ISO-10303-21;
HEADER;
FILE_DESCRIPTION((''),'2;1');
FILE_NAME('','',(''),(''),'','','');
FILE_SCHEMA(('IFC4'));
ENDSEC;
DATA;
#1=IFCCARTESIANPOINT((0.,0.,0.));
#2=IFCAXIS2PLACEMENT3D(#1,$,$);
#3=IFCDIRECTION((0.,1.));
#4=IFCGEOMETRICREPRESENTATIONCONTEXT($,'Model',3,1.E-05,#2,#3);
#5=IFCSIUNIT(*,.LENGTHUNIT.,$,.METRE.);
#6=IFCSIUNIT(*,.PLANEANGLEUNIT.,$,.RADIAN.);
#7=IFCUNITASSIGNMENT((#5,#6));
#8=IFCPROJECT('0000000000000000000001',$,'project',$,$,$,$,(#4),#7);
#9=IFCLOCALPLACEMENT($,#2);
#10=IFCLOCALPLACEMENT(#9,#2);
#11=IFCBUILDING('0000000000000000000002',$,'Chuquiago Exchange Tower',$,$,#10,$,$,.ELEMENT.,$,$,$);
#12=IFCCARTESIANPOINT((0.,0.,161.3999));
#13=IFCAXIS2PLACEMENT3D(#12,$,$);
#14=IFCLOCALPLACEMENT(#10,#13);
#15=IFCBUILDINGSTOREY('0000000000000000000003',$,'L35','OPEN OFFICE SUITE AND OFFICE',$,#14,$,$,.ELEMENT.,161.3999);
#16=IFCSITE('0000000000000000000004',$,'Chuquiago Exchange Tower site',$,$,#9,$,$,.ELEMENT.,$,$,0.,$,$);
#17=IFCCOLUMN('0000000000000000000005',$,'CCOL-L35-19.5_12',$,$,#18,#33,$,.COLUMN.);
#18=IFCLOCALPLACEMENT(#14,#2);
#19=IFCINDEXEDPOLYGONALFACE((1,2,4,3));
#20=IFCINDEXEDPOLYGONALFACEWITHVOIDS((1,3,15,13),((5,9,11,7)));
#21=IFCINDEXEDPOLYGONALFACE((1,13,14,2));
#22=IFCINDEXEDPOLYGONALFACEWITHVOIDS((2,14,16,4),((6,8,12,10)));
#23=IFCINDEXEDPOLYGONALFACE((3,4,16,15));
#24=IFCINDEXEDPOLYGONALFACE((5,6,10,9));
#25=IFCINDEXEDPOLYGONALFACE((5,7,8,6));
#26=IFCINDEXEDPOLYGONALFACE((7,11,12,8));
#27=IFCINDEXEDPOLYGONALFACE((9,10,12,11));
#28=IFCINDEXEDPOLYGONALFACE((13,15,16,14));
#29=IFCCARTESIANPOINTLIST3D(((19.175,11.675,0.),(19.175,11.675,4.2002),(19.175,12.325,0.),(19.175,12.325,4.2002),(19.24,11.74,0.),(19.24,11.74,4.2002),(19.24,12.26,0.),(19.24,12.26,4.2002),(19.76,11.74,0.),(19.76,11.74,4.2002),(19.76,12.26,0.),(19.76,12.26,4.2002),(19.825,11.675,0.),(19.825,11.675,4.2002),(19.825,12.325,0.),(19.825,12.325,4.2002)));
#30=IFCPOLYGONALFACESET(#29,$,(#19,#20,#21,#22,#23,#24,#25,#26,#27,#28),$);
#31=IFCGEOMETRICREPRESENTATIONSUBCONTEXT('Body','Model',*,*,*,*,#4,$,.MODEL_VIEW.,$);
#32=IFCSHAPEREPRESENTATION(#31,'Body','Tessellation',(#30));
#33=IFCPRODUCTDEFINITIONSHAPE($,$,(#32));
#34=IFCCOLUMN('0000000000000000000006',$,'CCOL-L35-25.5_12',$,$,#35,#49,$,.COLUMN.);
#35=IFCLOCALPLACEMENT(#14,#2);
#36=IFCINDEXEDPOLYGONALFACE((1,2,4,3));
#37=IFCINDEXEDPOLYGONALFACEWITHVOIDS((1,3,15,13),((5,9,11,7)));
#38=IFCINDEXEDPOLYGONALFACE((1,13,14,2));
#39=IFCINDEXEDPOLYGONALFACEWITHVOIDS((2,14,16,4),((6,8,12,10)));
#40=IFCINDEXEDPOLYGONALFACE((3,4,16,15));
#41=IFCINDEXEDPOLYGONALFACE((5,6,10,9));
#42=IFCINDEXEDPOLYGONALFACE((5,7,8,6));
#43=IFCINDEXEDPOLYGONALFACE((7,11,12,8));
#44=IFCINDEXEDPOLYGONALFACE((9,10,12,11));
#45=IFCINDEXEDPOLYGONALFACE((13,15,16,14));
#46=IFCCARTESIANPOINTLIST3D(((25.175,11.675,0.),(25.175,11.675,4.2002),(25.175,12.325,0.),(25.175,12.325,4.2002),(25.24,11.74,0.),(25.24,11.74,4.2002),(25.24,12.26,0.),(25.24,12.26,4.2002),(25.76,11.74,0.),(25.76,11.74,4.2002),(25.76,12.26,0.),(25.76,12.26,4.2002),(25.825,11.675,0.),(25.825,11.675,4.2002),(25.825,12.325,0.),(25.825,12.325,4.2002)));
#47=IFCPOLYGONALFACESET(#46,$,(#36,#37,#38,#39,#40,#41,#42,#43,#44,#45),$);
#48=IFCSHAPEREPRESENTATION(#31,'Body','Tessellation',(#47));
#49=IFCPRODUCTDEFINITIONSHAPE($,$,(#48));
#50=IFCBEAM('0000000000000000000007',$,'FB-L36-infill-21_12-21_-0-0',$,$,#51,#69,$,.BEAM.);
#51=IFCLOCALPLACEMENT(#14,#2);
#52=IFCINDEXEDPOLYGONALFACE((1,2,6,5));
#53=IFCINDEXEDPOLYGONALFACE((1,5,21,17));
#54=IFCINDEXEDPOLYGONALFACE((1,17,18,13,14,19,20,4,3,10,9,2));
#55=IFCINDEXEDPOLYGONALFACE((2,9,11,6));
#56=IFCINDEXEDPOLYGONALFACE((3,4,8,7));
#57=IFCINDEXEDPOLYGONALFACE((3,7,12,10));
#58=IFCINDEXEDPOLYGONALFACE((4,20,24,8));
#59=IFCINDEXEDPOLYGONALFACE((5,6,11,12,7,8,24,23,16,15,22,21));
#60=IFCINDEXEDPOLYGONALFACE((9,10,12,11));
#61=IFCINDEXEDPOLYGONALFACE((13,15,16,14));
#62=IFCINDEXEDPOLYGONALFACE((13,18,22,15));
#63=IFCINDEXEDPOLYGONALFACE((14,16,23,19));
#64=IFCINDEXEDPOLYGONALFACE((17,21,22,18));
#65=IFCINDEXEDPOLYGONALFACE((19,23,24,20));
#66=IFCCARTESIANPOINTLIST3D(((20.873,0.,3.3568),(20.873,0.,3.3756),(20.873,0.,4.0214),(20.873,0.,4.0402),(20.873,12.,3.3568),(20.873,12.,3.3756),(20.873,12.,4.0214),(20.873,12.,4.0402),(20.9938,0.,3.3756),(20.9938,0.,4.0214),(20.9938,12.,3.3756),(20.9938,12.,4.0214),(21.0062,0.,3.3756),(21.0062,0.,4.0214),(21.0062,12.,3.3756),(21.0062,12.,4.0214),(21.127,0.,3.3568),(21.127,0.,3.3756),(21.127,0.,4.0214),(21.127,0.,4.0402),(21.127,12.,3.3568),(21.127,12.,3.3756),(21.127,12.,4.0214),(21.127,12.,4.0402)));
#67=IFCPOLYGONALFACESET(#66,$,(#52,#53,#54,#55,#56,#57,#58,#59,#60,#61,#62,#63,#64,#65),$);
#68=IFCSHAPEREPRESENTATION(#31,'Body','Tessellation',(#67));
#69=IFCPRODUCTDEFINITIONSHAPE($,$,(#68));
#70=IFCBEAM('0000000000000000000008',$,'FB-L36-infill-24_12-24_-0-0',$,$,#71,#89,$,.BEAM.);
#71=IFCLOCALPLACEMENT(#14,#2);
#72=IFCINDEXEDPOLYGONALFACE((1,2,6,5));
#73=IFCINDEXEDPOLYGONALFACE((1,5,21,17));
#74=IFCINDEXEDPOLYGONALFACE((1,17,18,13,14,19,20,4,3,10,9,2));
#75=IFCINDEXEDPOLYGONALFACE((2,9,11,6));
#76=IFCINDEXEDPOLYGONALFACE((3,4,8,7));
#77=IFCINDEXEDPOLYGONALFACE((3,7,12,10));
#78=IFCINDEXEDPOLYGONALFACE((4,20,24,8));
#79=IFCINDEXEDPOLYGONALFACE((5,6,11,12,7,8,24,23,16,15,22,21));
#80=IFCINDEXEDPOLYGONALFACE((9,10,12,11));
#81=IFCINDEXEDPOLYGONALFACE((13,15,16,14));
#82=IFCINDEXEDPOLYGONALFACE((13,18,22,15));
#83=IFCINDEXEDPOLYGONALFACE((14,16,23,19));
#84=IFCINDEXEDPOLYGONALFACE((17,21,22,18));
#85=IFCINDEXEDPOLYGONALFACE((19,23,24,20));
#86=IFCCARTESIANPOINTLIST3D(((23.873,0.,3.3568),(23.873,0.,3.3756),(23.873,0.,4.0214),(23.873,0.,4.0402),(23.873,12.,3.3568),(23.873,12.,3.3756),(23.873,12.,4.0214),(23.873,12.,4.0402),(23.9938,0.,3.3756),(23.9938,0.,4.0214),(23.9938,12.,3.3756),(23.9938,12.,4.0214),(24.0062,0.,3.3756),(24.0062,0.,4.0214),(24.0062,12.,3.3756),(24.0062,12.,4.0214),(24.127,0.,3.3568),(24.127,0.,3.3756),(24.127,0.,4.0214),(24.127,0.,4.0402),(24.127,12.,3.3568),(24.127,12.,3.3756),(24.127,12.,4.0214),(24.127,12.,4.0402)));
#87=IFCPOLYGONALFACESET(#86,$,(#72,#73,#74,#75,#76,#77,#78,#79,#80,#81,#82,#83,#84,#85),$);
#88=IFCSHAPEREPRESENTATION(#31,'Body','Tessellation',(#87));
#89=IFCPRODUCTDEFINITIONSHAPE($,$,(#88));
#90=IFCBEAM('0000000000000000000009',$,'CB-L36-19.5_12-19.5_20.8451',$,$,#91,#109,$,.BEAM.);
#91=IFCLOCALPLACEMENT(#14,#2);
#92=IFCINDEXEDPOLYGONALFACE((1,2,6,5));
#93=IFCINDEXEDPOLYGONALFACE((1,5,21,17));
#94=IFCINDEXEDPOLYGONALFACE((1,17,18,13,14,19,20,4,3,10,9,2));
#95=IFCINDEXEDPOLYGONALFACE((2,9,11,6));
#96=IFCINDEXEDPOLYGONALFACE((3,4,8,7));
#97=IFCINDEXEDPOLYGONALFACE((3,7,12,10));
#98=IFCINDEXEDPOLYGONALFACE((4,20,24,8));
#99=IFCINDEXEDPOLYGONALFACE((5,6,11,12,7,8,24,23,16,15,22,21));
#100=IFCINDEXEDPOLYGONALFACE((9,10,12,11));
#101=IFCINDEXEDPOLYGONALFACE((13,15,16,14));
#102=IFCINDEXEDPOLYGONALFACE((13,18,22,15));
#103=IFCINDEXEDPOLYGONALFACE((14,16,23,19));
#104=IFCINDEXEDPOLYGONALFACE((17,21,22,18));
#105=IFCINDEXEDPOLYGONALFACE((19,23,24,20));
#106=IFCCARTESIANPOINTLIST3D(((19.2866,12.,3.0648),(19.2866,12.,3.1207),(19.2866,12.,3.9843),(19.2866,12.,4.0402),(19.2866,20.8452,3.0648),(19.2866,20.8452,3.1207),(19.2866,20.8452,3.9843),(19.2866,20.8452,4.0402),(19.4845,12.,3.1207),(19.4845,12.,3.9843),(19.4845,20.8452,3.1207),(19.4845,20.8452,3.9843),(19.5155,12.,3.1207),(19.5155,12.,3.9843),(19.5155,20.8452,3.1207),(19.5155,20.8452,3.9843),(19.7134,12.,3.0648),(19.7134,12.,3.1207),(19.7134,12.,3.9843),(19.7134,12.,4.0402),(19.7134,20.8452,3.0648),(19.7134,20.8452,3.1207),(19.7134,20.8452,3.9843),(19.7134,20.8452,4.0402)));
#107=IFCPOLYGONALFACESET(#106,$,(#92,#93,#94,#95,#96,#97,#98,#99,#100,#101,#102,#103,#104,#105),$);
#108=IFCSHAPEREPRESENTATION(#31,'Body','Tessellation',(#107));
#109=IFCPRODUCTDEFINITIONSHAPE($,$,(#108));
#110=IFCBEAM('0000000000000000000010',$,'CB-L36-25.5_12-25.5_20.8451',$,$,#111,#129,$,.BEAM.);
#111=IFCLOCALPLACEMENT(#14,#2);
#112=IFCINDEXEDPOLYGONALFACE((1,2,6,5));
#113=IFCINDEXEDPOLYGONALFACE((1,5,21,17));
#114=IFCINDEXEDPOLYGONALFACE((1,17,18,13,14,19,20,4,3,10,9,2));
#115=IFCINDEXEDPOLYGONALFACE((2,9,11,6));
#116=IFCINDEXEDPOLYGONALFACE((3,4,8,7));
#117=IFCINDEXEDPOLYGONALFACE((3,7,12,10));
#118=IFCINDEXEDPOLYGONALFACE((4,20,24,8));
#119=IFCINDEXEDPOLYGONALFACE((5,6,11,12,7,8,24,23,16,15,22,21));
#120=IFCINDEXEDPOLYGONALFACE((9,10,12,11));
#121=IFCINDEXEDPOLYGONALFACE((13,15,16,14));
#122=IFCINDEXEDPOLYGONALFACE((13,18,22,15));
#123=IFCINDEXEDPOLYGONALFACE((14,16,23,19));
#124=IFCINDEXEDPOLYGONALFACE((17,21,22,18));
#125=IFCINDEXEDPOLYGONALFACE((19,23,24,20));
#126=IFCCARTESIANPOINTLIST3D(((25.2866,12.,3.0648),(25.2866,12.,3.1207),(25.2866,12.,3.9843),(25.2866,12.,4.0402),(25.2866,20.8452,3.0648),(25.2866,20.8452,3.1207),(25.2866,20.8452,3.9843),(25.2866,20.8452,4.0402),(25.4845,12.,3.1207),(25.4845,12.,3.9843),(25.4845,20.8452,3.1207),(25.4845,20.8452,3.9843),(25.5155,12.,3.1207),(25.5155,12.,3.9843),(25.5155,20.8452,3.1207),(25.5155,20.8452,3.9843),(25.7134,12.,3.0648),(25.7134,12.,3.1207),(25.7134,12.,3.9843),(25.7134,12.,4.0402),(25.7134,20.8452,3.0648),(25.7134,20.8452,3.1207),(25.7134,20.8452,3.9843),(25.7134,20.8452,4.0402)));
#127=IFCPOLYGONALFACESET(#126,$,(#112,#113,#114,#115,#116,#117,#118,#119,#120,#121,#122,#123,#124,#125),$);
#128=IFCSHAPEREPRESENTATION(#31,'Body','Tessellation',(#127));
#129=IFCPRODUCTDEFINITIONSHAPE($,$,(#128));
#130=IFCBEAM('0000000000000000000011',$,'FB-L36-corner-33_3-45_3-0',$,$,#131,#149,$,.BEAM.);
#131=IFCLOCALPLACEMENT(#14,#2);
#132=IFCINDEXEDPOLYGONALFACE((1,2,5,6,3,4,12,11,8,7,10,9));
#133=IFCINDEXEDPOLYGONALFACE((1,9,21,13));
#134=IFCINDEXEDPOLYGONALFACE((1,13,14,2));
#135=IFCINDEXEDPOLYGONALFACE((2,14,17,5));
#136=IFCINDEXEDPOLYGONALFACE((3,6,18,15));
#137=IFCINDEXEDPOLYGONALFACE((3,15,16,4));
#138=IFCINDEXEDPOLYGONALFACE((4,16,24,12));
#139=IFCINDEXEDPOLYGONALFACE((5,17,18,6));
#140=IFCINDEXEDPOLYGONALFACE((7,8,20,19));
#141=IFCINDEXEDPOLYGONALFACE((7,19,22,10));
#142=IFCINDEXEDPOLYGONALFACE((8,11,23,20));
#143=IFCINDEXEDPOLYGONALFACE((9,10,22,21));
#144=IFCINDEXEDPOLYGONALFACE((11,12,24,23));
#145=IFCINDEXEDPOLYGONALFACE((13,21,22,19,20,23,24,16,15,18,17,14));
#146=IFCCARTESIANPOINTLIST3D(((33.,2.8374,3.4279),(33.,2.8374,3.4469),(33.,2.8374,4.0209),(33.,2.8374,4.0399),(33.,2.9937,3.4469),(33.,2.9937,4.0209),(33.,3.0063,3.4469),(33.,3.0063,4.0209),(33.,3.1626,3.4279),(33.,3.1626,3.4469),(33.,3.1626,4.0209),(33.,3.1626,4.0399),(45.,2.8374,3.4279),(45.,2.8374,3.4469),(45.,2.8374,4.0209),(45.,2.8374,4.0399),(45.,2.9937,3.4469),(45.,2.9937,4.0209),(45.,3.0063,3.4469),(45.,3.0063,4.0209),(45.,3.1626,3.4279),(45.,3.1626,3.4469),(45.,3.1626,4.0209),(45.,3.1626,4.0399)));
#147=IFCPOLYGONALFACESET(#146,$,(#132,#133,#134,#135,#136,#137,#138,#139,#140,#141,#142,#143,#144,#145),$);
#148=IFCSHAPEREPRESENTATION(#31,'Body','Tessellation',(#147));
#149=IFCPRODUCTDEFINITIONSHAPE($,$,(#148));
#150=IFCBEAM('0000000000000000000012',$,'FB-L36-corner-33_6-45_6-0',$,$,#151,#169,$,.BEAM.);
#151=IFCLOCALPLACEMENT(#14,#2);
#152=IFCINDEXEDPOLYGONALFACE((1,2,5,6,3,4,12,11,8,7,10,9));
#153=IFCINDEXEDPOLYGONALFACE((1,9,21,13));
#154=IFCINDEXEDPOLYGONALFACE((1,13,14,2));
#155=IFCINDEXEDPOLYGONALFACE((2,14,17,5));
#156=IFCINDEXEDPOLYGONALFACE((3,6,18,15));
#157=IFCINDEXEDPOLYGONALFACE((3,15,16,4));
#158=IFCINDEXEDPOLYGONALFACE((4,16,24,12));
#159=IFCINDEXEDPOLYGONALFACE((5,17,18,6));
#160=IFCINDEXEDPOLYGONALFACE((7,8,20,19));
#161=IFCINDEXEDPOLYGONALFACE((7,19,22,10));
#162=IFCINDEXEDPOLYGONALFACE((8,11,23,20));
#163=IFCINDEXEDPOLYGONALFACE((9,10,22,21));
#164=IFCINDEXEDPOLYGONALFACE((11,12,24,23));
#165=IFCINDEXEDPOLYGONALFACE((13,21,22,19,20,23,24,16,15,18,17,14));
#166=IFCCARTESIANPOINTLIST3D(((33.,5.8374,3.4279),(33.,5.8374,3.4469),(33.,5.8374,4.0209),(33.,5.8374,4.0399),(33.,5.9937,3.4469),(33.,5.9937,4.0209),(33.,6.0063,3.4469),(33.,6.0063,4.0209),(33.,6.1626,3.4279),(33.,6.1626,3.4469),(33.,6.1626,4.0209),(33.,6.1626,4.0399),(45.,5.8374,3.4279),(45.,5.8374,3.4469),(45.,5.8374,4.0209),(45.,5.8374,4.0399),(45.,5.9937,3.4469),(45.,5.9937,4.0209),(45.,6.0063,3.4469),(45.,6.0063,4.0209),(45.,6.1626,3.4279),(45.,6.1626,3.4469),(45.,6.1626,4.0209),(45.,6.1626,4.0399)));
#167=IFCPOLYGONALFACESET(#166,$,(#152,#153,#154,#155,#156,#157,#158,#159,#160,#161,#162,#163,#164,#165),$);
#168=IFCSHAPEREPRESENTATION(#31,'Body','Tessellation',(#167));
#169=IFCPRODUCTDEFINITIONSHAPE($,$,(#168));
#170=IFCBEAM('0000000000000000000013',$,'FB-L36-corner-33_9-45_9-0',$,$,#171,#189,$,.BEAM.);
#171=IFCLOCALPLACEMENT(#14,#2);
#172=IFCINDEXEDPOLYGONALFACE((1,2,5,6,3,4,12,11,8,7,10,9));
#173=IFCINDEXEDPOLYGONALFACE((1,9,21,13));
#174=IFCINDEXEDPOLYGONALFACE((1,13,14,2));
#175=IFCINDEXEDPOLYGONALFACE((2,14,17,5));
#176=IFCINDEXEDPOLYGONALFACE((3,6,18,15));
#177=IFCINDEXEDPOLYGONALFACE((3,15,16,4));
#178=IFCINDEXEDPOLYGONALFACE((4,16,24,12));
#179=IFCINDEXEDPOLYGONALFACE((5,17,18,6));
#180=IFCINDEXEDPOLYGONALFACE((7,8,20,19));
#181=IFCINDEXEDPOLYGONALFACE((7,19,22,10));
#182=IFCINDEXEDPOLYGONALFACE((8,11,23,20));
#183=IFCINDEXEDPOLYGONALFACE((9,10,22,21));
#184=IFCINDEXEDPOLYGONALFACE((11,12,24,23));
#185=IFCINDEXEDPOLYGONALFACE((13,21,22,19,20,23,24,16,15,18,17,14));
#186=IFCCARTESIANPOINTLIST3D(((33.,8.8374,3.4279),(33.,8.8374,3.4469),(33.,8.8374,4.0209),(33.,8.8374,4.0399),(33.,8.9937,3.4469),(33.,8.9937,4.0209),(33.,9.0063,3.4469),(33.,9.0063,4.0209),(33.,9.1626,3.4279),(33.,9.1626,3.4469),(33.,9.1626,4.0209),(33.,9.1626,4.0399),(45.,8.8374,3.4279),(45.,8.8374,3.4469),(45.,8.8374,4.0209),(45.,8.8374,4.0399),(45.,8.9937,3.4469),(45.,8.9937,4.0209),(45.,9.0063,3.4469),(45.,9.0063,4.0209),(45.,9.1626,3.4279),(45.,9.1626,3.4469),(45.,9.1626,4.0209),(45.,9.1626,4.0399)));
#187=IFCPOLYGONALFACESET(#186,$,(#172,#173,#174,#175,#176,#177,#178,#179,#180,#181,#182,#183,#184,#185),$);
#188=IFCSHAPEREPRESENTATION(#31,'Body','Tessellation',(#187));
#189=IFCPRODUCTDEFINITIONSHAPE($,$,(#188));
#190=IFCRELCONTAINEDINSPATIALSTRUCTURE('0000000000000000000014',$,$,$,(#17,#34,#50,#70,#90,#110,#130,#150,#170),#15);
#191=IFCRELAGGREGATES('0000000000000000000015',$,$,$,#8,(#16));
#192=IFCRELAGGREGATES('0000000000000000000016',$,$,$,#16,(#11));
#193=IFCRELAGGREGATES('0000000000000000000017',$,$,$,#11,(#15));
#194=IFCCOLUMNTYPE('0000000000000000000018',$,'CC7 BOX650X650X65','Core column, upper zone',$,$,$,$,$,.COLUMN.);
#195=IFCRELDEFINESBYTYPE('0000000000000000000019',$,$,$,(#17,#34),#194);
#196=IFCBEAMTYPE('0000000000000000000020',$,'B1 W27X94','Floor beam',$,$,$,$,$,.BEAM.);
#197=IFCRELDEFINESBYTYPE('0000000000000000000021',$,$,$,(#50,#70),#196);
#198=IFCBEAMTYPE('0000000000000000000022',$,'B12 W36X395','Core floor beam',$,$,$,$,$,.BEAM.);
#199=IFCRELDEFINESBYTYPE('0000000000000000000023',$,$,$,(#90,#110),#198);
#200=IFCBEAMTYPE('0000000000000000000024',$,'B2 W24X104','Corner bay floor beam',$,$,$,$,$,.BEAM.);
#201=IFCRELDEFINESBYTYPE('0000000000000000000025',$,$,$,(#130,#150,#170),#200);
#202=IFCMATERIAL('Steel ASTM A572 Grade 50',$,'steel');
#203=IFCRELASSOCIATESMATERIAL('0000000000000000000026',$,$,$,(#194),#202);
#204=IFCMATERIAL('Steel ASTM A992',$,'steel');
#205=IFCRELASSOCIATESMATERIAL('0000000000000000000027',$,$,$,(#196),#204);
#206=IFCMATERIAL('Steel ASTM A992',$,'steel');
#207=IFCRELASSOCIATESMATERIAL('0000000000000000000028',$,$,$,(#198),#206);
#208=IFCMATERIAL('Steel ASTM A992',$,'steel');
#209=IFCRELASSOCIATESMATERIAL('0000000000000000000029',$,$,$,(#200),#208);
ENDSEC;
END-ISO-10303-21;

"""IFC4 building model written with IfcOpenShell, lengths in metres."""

from ifc_helpers import new_model, si_unit, direction, frame, origin, origin_2d, place, context, subcontext, project, spatial, hollow_rectangle, i_section, extrude, material, material_profile, profile_set, type_object, element, save


model = new_model("IFC4")

# Units and contexts
model_context = context("Model", 3, precision=1e-05, world=origin(), true_north=direction((0.0, 1.0)))
body_context = subcontext(model_context, "Body", "Model", "MODEL_VIEW")
ifc_project = project(units=[si_unit("LENGTHUNIT", "METRE"), si_unit("PLANEANGLEUNIT", "RADIAN")], contexts=[model_context])

# Site, building, storey
site_placement = place(None, origin())
site = spatial("IfcSite", under=ifc_project, at=site_placement, Name="Chuquiago Exchange Tower site", CompositionType="ELEMENT", RefElevation=0.0)
building_placement = place(site_placement, origin())
building = spatial("IfcBuilding", under=site, at=building_placement, Name="Chuquiago Exchange Tower", CompositionType="ELEMENT")
storey_placement = place(building_placement, frame((0.0, 0.0, 161.3999)))
storey = spatial("IfcBuildingStorey", under=building, at=storey_placement, Name="L35", Description="OPEN OFFICE SUITE AND OFFICE", CompositionType="ELEMENT", Elevation=161.3999)

# Columns
ifc_material_1 = material(Name="Steel ASTM A572 Grade 50", Category="steel")
ifc_material_profile_1 = material_profile(ifc_material_1, hollow_rectangle(XDim=0.6499, YDim=0.6499, WallThickness=0.0649, at=origin_2d()), Name="BOX650X650X65")
ifc_profile_set_1 = profile_set([ifc_material_profile_1], Name="Steel ASTM A572 Grade 50")
column_type = type_object("IfcColumnType", Name="CC7 BOX650X650X65", Description="Core column, upper zone", PredefinedType="COLUMN", material=ifc_profile_set_1)
for number, where, z_axis, x_axis, name in (
    (1, (19.5, 12.0, 0.0), (0.0, 0.0, 1.0), (1.0, 0.0, 0.0), "CCOL-L35-19.5_12"),
    (2, (25.5, 12.0, 0.0), (0.0, 0.0, 1.0), (1.0, 0.0, 0.0), "CCOL-L35-25.5_12"),
):
    element("IfcColumn", number, at=place(storey_placement, frame(where, z_axis=z_axis, x_axis=x_axis)), inside=storey, type_object=column_type, Name=name, PredefinedType="COLUMN", context=body_context, shape_type="SweptSolid", body=[
        extrude(hollow_rectangle(XDim=0.6499, YDim=0.6499, WallThickness=0.0649, at=origin_2d()), origin(), (0.0, 0.0, 1.0), 4.2002),
    ])

# Beams
ifc_material_2 = material(Name="Steel ASTM A992", Category="steel")
ifc_material_profile_2 = material_profile(ifc_material_2, i_section(OverallWidth=0.2539, OverallDepth=0.6833, WebThickness=0.0125, FlangeThickness=0.0188, at=origin_2d()), Name="W27X94")
ifc_profile_set_2 = profile_set([ifc_material_profile_2], Name="Steel ASTM A992")
beam_type_1 = type_object("IfcBeamType", Name="B1 W27X94", Description="Floor beam", PredefinedType="BEAM", material=ifc_profile_set_2)
for number, where, z_axis, x_axis, name in (
    (3, (21.0, 12.0, 3.6985), (0.0, -1.0, 0.0), (1.0, 0.0, 0.0), "FB-L36-infill-21_12-21_-0-0"),
    (4, (24.0, 12.0, 3.6985), (0.0, -1.0, 0.0), (1.0, 0.0, 0.0), "FB-L36-infill-24_12-24_-0-0"),
):
    element("IfcBeam", number, at=place(storey_placement, frame(where, z_axis=z_axis, x_axis=x_axis)), inside=storey, type_object=beam_type_1, Name=name, PredefinedType="BEAM", context=body_context, shape_type="SweptSolid", body=[
        extrude(i_section(OverallWidth=0.2539, OverallDepth=0.6833, WebThickness=0.0125, FlangeThickness=0.0188, at=origin_2d()), origin(), (0.0, 0.0, 1.0), 12.0),
    ])
ifc_material_3 = material(Name="Steel ASTM A992", Category="steel")
ifc_material_profile_3 = material_profile(ifc_material_3, i_section(OverallWidth=0.4268, OverallDepth=0.9753, WebThickness=0.031, FlangeThickness=0.0559, at=origin_2d()), Name="W36X395")
ifc_profile_set_3 = profile_set([ifc_material_profile_3], Name="Steel ASTM A992")
beam_type_2 = type_object("IfcBeamType", Name="B12 W36X395", Description="Core floor beam", PredefinedType="BEAM", material=ifc_profile_set_3)
for number, where, z_axis, x_axis, name in (
    (5, (19.5, 12.0, 3.5525), (0.0, 1.0, 0.0), (-1.0, 0.0, 0.0), "CB-L36-19.5_12-19.5_20.8451"),
    (6, (25.5, 12.0, 3.5525), (0.0, 1.0, 0.0), (-1.0, 0.0, 0.0), "CB-L36-25.5_12-25.5_20.8451"),
):
    element("IfcBeam", number, at=place(storey_placement, frame(where, z_axis=z_axis, x_axis=x_axis)), inside=storey, type_object=beam_type_2, Name=name, PredefinedType="BEAM", context=body_context, shape_type="SweptSolid", body=[
        extrude(i_section(OverallWidth=0.4268, OverallDepth=0.9753, WebThickness=0.031, FlangeThickness=0.0559, at=origin_2d()), origin(), (0.0, 0.0, 1.0), 8.8452),
    ])
ifc_material_4 = material(Name="Steel ASTM A992", Category="steel")
ifc_material_profile_4 = material_profile(ifc_material_4, i_section(OverallWidth=0.3252, OverallDepth=0.6121, WebThickness=0.0127, FlangeThickness=0.019, at=origin_2d()), Name="W24X104")
ifc_profile_set_4 = profile_set([ifc_material_profile_4], Name="Steel ASTM A992")
beam_type_3 = type_object("IfcBeamType", Name="B2 W24X104", Description="Corner bay floor beam", PredefinedType="BEAM", material=ifc_profile_set_4)
for number, where, z_axis, x_axis, name in (
    (7, (33.0, 3.0, 3.7339), (1.0, 0.0, 0.0), (0.0, 1.0, 0.0), "FB-L36-corner-33_3-45_3-0"),
    (8, (33.0, 6.0, 3.7339), (1.0, 0.0, 0.0), (0.0, 1.0, 0.0), "FB-L36-corner-33_6-45_6-0"),
    (9, (33.0, 9.0, 3.7339), (1.0, 0.0, 0.0), (0.0, 1.0, 0.0), "FB-L36-corner-33_9-45_9-0"),
):
    element("IfcBeam", number, at=place(storey_placement, frame(where, z_axis=z_axis, x_axis=x_axis)), inside=storey, type_object=beam_type_3, Name=name, PredefinedType="BEAM", context=body_context, shape_type="SweptSolid", body=[
        extrude(i_section(OverallWidth=0.3252, OverallDepth=0.6121, WebThickness=0.0127, FlangeThickness=0.019, at=origin_2d()), origin(), (0.0, 0.0, 1.0), 12.0),
    ])

save(model, "model.ifc")
